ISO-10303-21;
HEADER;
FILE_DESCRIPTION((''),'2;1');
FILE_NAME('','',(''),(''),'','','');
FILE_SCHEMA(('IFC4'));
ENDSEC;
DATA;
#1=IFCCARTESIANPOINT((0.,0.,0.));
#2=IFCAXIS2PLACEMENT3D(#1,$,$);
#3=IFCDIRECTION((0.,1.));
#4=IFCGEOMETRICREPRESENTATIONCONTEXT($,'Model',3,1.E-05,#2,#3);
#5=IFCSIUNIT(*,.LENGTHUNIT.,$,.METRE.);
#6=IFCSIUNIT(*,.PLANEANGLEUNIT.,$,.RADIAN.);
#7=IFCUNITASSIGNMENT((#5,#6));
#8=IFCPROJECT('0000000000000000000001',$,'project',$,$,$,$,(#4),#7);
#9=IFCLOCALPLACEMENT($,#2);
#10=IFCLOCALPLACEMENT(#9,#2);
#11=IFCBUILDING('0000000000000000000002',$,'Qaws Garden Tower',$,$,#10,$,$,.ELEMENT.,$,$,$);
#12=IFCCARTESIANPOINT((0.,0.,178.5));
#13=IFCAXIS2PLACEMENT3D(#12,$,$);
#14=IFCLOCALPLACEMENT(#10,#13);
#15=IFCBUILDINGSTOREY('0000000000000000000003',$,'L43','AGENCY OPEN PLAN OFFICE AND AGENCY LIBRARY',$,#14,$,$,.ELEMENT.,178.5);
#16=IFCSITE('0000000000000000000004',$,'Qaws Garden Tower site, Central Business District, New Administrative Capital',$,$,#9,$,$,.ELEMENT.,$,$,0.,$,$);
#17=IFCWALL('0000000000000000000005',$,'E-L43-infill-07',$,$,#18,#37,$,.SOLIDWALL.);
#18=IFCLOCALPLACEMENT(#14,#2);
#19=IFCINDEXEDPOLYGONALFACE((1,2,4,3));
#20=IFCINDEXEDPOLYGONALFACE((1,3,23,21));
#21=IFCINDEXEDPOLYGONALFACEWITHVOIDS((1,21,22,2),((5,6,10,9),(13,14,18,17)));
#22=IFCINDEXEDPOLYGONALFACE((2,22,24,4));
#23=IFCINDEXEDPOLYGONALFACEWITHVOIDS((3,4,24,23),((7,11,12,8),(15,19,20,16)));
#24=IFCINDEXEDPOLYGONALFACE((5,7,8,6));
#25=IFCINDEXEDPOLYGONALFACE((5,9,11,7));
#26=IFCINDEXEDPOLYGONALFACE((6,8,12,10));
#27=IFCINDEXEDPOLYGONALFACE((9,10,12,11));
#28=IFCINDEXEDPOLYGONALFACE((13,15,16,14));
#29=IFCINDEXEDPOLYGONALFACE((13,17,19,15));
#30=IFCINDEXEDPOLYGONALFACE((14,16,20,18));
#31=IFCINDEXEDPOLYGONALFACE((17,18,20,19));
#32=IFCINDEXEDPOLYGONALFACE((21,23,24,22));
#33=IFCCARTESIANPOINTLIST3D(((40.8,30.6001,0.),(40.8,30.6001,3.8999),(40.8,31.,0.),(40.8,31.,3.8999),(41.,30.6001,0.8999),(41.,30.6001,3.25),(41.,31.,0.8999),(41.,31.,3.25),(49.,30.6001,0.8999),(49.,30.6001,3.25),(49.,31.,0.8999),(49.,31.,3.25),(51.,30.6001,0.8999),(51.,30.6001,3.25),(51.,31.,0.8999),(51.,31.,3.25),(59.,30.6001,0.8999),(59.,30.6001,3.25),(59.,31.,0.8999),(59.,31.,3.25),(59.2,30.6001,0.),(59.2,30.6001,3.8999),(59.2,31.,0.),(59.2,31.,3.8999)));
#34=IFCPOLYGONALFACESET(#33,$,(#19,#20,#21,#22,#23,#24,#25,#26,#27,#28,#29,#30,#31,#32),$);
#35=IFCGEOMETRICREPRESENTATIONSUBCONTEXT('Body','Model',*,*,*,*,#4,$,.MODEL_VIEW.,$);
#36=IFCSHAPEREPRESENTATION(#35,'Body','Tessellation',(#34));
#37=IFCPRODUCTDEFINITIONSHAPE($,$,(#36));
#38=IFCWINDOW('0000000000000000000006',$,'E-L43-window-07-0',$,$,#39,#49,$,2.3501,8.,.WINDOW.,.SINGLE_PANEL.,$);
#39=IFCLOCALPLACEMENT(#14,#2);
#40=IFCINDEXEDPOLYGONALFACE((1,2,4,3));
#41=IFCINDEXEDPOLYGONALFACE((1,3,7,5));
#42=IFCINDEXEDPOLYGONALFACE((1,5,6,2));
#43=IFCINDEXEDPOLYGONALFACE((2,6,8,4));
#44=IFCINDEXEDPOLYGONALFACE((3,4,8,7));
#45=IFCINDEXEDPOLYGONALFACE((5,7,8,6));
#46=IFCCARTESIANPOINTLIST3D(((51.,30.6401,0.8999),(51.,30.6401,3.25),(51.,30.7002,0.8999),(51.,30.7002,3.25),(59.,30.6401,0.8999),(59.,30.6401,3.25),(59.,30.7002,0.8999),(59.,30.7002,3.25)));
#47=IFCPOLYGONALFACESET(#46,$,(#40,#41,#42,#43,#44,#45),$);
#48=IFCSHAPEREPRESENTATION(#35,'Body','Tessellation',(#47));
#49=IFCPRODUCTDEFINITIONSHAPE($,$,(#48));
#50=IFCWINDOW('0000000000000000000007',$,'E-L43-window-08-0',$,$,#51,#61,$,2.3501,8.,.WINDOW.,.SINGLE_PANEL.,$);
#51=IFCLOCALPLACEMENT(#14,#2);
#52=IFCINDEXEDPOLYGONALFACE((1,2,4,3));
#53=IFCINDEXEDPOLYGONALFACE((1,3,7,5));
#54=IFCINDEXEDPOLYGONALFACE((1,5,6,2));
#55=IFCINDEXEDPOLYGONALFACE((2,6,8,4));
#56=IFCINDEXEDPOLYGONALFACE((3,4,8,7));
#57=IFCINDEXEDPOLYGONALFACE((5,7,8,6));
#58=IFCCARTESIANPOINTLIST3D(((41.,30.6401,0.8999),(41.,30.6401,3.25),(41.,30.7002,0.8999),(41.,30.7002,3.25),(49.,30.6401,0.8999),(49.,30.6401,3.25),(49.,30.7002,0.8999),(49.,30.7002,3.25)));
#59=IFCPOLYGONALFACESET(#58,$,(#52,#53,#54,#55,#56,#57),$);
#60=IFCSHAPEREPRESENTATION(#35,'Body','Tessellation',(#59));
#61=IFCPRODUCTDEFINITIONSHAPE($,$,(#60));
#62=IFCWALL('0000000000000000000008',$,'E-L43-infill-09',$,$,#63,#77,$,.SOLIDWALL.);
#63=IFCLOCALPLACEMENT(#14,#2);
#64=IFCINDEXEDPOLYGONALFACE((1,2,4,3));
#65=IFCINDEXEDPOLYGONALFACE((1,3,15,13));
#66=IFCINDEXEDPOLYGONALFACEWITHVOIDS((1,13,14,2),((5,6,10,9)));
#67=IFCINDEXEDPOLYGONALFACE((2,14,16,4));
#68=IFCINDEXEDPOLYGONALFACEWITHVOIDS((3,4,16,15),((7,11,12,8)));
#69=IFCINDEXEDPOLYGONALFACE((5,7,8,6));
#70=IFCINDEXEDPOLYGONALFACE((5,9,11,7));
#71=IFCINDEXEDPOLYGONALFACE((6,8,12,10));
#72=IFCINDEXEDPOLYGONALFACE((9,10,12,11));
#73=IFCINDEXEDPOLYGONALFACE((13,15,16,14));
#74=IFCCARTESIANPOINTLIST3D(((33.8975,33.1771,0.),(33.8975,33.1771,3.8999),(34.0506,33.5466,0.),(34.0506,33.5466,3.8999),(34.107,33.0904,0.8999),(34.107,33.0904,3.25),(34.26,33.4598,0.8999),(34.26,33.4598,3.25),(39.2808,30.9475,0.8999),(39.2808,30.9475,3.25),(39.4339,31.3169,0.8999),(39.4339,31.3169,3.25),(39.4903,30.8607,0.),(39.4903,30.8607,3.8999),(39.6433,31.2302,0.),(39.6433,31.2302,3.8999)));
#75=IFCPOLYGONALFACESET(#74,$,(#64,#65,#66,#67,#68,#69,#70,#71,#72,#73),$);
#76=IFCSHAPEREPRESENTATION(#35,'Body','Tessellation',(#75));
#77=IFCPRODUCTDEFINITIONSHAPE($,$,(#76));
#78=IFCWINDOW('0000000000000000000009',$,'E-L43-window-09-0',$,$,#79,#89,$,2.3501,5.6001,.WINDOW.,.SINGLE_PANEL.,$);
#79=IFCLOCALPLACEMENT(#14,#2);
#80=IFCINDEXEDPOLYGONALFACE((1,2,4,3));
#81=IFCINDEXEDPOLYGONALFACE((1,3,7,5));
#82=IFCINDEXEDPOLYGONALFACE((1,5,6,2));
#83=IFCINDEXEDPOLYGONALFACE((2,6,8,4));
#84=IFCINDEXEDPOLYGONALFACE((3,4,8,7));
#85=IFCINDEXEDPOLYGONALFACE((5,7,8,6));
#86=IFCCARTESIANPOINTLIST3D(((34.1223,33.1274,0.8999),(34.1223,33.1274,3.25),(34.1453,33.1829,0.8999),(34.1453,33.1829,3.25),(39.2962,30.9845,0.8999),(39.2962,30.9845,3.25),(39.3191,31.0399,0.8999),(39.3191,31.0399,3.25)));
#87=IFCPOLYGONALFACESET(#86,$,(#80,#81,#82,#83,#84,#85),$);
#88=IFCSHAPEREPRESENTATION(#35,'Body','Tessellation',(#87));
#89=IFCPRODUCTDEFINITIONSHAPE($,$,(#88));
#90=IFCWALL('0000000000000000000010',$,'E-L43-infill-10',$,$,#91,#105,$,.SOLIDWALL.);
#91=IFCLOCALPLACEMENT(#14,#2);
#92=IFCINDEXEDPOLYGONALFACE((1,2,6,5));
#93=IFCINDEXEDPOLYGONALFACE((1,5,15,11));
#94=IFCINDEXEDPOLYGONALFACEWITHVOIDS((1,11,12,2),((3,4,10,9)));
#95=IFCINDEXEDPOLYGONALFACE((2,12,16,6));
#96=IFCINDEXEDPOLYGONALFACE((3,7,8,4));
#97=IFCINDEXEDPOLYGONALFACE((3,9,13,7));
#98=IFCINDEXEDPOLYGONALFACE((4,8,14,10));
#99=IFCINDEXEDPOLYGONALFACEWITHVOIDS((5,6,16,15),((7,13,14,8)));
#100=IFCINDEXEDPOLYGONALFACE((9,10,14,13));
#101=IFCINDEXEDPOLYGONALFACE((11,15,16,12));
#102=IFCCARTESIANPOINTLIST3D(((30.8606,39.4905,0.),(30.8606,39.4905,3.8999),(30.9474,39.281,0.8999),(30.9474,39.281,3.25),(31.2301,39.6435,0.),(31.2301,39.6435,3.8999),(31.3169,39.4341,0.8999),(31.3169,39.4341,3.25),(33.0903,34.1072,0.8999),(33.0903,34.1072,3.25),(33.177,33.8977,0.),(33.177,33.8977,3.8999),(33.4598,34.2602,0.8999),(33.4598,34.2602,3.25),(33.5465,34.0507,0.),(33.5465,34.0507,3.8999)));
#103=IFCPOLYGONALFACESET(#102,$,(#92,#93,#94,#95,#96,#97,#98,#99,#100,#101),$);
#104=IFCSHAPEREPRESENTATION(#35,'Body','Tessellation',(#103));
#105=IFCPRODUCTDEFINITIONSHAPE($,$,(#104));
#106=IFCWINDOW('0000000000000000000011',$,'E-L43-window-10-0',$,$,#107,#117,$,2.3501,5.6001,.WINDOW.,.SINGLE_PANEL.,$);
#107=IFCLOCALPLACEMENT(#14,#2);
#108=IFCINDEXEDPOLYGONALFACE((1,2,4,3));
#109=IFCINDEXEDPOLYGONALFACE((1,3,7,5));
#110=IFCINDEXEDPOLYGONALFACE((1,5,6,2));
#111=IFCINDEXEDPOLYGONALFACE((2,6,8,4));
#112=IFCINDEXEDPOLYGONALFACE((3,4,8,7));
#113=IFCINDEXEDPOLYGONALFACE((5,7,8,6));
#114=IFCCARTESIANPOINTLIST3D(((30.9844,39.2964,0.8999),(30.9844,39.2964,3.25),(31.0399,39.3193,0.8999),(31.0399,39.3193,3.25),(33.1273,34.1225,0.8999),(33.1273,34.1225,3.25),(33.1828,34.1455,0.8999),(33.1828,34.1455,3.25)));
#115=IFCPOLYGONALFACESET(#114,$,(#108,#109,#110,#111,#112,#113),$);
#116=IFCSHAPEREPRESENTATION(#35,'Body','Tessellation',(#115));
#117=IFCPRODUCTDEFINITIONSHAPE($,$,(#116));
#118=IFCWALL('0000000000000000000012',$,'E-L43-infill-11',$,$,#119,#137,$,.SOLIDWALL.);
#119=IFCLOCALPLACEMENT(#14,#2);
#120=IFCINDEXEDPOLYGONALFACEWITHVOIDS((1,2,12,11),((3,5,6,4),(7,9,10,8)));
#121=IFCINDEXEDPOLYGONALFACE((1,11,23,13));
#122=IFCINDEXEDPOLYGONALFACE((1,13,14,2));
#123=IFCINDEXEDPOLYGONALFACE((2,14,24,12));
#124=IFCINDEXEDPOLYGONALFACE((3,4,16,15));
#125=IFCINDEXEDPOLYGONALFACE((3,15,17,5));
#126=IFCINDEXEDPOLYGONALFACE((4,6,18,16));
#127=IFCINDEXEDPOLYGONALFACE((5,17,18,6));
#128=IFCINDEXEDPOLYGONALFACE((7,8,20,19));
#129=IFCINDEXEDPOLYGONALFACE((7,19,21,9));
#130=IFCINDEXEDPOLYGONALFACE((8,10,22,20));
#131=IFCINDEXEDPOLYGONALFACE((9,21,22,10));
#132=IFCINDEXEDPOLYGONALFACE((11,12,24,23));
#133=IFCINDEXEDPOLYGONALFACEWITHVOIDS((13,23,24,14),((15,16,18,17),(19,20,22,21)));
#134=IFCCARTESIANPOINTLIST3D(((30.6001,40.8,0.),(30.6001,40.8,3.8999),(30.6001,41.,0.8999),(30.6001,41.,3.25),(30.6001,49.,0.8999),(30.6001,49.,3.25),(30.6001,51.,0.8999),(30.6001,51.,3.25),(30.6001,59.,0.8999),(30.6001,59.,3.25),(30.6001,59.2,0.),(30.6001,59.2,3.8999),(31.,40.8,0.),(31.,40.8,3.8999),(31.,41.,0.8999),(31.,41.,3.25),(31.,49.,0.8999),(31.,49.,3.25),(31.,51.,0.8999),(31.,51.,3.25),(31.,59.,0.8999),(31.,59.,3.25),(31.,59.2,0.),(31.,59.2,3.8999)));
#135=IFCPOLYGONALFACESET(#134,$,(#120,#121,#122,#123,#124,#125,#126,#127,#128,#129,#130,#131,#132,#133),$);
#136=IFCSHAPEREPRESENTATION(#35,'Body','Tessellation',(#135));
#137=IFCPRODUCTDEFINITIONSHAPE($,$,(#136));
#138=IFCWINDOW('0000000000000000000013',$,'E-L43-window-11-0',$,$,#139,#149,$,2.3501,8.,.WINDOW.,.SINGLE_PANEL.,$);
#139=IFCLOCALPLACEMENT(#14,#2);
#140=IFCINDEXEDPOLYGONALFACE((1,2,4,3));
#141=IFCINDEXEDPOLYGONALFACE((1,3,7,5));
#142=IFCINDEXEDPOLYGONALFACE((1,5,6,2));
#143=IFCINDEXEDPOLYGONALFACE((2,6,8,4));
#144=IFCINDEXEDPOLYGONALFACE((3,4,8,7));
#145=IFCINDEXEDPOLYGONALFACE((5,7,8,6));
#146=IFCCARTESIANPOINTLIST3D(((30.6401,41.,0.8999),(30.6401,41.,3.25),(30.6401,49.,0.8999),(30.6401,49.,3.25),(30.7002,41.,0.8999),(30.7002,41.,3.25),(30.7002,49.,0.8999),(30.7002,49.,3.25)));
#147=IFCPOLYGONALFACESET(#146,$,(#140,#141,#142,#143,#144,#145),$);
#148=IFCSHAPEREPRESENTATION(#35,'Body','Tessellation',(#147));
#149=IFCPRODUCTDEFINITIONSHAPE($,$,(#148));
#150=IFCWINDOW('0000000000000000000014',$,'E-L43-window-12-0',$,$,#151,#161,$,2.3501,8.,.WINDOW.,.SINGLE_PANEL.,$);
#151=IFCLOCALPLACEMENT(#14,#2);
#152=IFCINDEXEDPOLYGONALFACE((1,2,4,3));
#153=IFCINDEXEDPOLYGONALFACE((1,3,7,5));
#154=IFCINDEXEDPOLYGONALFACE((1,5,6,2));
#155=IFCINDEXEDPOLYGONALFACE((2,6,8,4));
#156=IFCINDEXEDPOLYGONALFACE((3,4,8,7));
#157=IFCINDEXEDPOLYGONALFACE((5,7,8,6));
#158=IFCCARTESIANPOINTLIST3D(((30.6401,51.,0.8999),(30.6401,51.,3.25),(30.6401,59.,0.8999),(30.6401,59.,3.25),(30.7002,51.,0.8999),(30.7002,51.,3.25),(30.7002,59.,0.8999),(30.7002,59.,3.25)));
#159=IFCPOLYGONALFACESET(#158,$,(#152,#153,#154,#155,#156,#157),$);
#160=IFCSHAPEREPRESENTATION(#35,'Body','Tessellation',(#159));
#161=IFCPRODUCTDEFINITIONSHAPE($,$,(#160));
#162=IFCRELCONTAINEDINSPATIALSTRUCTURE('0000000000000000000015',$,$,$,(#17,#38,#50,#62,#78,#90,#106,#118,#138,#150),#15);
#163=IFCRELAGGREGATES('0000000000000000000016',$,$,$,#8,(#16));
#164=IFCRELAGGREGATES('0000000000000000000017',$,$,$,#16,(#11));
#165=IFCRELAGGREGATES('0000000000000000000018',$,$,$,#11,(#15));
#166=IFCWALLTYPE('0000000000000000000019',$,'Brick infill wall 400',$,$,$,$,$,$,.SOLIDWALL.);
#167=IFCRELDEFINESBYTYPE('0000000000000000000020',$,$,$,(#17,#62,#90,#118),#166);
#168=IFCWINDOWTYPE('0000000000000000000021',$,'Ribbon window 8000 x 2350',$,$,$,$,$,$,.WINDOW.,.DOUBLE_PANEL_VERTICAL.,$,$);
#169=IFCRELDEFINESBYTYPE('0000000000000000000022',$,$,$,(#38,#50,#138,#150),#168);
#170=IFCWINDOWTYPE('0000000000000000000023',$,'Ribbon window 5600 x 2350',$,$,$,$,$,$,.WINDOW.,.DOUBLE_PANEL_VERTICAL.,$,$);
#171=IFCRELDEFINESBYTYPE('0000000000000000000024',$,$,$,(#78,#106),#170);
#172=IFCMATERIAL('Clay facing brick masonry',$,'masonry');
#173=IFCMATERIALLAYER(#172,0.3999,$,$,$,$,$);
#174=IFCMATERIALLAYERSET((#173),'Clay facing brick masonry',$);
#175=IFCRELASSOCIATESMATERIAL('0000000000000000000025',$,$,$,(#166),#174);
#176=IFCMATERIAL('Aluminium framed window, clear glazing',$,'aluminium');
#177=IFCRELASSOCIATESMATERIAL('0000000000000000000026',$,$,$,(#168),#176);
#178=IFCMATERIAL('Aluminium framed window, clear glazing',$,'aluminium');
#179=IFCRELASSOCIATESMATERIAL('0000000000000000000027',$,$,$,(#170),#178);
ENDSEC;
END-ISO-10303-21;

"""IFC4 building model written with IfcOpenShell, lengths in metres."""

from ifc_helpers import new_model, si_unit, direction, frame, frame_2d, origin, place, context, subcontext, project, spatial, rectangle, extrude, material, layer, layer_set, type_object, element, fill, save


model = new_model("IFC4")

# Units and contexts
model_context = context("Model", 3, precision=1e-05, world=origin(), true_north=direction((0.0, 1.0)))
body_context = subcontext(model_context, "Body", "Model", "MODEL_VIEW")
ifc_project = project(units=[si_unit("LENGTHUNIT", "METRE"), si_unit("PLANEANGLEUNIT", "RADIAN")], contexts=[model_context])

# Site, building, storey
site_placement = place(None, origin())
site = spatial("IfcSite", under=ifc_project, at=site_placement, Name="Qaws Garden Tower site, Central Business District, New Administrative Capital", CompositionType="ELEMENT", RefElevation=0.0)
building_placement = place(site_placement, origin())
building = spatial("IfcBuilding", under=site, at=building_placement, Name="Qaws Garden Tower", CompositionType="ELEMENT")
storey_placement = place(building_placement, frame((0.0, 0.0, 178.5)))
storey = spatial("IfcBuildingStorey", under=building, at=storey_placement, Name="L43", Description="AGENCY OPEN PLAN OFFICE AND AGENCY LIBRARY", CompositionType="ELEMENT", Elevation=178.5)

# Wall, openings, windows
ifc_material_1 = material(Name="Clay facing brick masonry", Category="masonry")
ifc_layer_1 = layer(ifc_material_1, 0.3999)
ifc_layer_set_1 = layer_set([ifc_layer_1], Name="Clay facing brick masonry")
wall_type_1 = type_object("IfcWallType", Name="Brick infill wall 400", PredefinedType="SOLIDWALL", material=ifc_layer_set_1)
wall_1_placement = place(storey_placement, frame((59.2, 30.8, 0.0), z_axis=(0.0, 0.0, 1.0), x_axis=(-1.0, 0.0, 0.0)))
wall_1 = element("IfcWall", 1, at=wall_1_placement, inside=storey, type_object=wall_type_1, Name="E-L43-infill-07", PredefinedType="SOLIDWALL", context=body_context, shape_type="SweptSolid", body=[
    extrude(rectangle(XDim=18.3999, YDim=0.3999, at=frame_2d((9.2, 0.0))), origin(), (0.0, 0.0, 1.0), 3.8999),
])
opening_1_placement = place(wall_1_placement, frame((0.2, 0.0, 0.8999)))
opening_1 = element("IfcOpeningElement", 2, at=opening_1_placement, cuts=wall_1, PredefinedType="OPENING", context=body_context, shape_type="SweptSolid", body=[
    extrude(rectangle(XDim=8.0, YDim=2.3501, at=frame_2d((4.0, 1.175))), frame((0.0, 0.21, 0.0), z_axis=(0.0, -1.0, 0.0), x_axis=(1.0, 0.0, 0.0)), (0.0, 0.0, 1.0), 0.4199),
])
opening_2_placement = place(wall_1_placement, frame((10.2, 0.0, 0.8999)))
opening_2 = element("IfcOpeningElement", 3, at=opening_2_placement, cuts=wall_1, PredefinedType="OPENING", context=body_context, shape_type="SweptSolid", body=[
    extrude(rectangle(XDim=8.0, YDim=2.3501, at=frame_2d((4.0, 1.175))), frame((0.0, 0.21, 0.0), z_axis=(0.0, -1.0, 0.0), x_axis=(1.0, 0.0, 0.0)), (0.0, 0.0, 1.0), 0.4199),
])
ifc_material_2 = material(Name="Aluminium framed window, clear glazing", Category="aluminium")
window_type_1 = type_object("IfcWindowType", Name="Ribbon window 8000 x 2350", PartitioningType="DOUBLE_PANEL_VERTICAL", PredefinedType="WINDOW", material=ifc_material_2)
window_1_placement = place(opening_1_placement, origin())
window_1 = element("IfcWindow", 4, at=window_1_placement, inside=storey, type_object=window_type_1, Name="E-L43-window-07-0", OverallHeight=2.3501, OverallWidth=8.0, PartitioningType="SINGLE_PANEL", PredefinedType="WINDOW", context=body_context, shape_type="SweptSolid", body=[
    extrude(rectangle(XDim=8.0, YDim=2.3501, at=frame_2d((4.0, 1.175))), frame((0.0, 0.1599, 0.0), z_axis=(0.0, -1.0, 0.0), x_axis=(1.0, 0.0, 0.0)), (0.0, 0.0, 1.0), 0.0601),
])
fill(opening_1, window_1)
window_2_placement = place(opening_2_placement, origin())
window_2 = element("IfcWindow", 5, at=window_2_placement, inside=storey, type_object=window_type_1, Name="E-L43-window-08-0", OverallHeight=2.3501, OverallWidth=8.0, PartitioningType="SINGLE_PANEL", PredefinedType="WINDOW", context=body_context, shape_type="SweptSolid", body=[
    extrude(rectangle(XDim=8.0, YDim=2.3501, at=frame_2d((4.0, 1.175))), frame((0.0, 0.1599, 0.0), z_axis=(0.0, -1.0, 0.0), x_axis=(1.0, 0.0, 0.0)), (0.0, 0.0, 1.0), 0.0601),
])
fill(opening_2, window_2)

# Walls, openings, windows
wall_2_placement = place(storey_placement, frame((39.5669, 31.0454, 0.0), z_axis=(0.0, 0.0, 1.0), x_axis=(-0.923891, 0.382656, 0.0)))
wall_2 = element("IfcWall", 6, at=wall_2_placement, inside=storey, type_object=wall_type_1, Name="E-L43-infill-09", PredefinedType="SOLIDWALL", context=body_context, shape_type="SweptSolid", body=[
    extrude(rectangle(XDim=6.0535, YDim=0.3999, at=frame_2d((3.0269, 0.0))), origin(), (0.0, 0.0, 1.0), 3.8999),
])
opening_3_placement = place(wall_2_placement, frame((0.2268, 0.0, 0.8999)))
opening_3 = element("IfcOpeningElement", 7, at=opening_3_placement, cuts=wall_2, PredefinedType="OPENING", context=body_context, shape_type="SweptSolid", body=[
    extrude(rectangle(XDim=5.6001, YDim=2.3501, at=frame_2d((2.8, 1.175))), frame((0.0, 0.21, 0.0), z_axis=(0.0, -1.0, 0.0), x_axis=(1.0, 0.0, 0.0)), (0.0, 0.0, 1.0), 0.4199),
])
ifc_material_3 = material(Name="Aluminium framed window, clear glazing", Category="aluminium")
window_type_2 = type_object("IfcWindowType", Name="Ribbon window 5600 x 2350", PartitioningType="DOUBLE_PANEL_VERTICAL", PredefinedType="WINDOW", material=ifc_material_3)
window_3_placement = place(opening_3_placement, origin())
window_3 = element("IfcWindow", 8, at=window_3_placement, inside=storey, type_object=window_type_2, Name="E-L43-window-09-0", OverallHeight=2.3501, OverallWidth=5.6001, PartitioningType="SINGLE_PANEL", PredefinedType="WINDOW", context=body_context, shape_type="SweptSolid", body=[
    extrude(rectangle(XDim=5.6001, YDim=2.3501, at=frame_2d((2.8, 1.175))), frame((0.0, 0.1599, 0.0), z_axis=(0.0, -1.0, 0.0), x_axis=(1.0, 0.0, 0.0)), (0.0, 0.0, 1.0), 0.0601),
])
fill(opening_3, window_3)
wall_3_placement = place(storey_placement, frame((33.3618, 33.9741, 0.0), z_axis=(0.0, 0.0, 1.0), x_axis=(-0.382656, 0.923891, 0.0)))
wall_3 = element("IfcWall", 9, at=wall_3_placement, inside=storey, type_object=wall_type_1, Name="E-L43-infill-10", PredefinedType="SOLIDWALL", context=body_context, shape_type="SweptSolid", body=[
    extrude(rectangle(XDim=6.0535, YDim=0.3999, at=frame_2d((3.0269, 0.0))), origin(), (0.0, 0.0, 1.0), 3.8999),
])
opening_4_placement = place(wall_3_placement, frame((0.2268, 0.0, 0.8999)))
opening_4 = element("IfcOpeningElement", 10, at=opening_4_placement, cuts=wall_3, PredefinedType="OPENING", context=body_context, shape_type="SweptSolid", body=[
    extrude(rectangle(XDim=5.6001, YDim=2.3501, at=frame_2d((2.8, 1.175))), frame((0.0, 0.21, 0.0), z_axis=(0.0, -1.0, 0.0), x_axis=(1.0, 0.0, 0.0)), (0.0, 0.0, 1.0), 0.4199),
])
window_4_placement = place(opening_4_placement, origin())
window_4 = element("IfcWindow", 11, at=window_4_placement, inside=storey, type_object=window_type_2, Name="E-L43-window-10-0", OverallHeight=2.3501, OverallWidth=5.6001, PartitioningType="SINGLE_PANEL", PredefinedType="WINDOW", context=body_context, shape_type="SweptSolid", body=[
    extrude(rectangle(XDim=5.6001, YDim=2.3501, at=frame_2d((2.8, 1.175))), frame((0.0, 0.1599, 0.0), z_axis=(0.0, -1.0, 0.0), x_axis=(1.0, 0.0, 0.0)), (0.0, 0.0, 1.0), 0.0601),
])
fill(opening_4, window_4)

# Wall, openings, windows
wall_4_placement = place(storey_placement, frame((30.8, 40.8, 0.0), z_axis=(0.0, 0.0, 1.0), x_axis=(0.0, 1.0, 0.0)))
wall_4 = element("IfcWall", 12, at=wall_4_placement, inside=storey, type_object=wall_type_1, Name="E-L43-infill-11", PredefinedType="SOLIDWALL", context=body_context, shape_type="SweptSolid", body=[
    extrude(rectangle(XDim=18.3999, YDim=0.3999, at=frame_2d((9.2, 0.0))), origin(), (0.0, 0.0, 1.0), 3.8999),
])
opening_5_placement = place(wall_4_placement, frame((0.2, 0.0, 0.8999)))
opening_5 = element("IfcOpeningElement", 13, at=opening_5_placement, cuts=wall_4, PredefinedType="OPENING", context=body_context, shape_type="SweptSolid", body=[
    extrude(rectangle(XDim=8.0, YDim=2.3501, at=frame_2d((4.0, 1.175))), frame((0.0, 0.21, 0.0), z_axis=(0.0, -1.0, 0.0), x_axis=(1.0, 0.0, 0.0)), (0.0, 0.0, 1.0), 0.4199),
])
opening_6_placement = place(wall_4_placement, frame((10.2, 0.0, 0.8999)))
opening_6 = element("IfcOpeningElement", 14, at=opening_6_placement, cuts=wall_4, PredefinedType="OPENING", context=body_context, shape_type="SweptSolid", body=[
    extrude(rectangle(XDim=8.0, YDim=2.3501, at=frame_2d((4.0, 1.175))), frame((0.0, 0.21, 0.0), z_axis=(0.0, -1.0, 0.0), x_axis=(1.0, 0.0, 0.0)), (0.0, 0.0, 1.0), 0.4199),
])
window_5_placement = place(opening_5_placement, origin())
window_5 = element("IfcWindow", 15, at=window_5_placement, inside=storey, type_object=window_type_1, Name="E-L43-window-11-0", OverallHeight=2.3501, OverallWidth=8.0, PartitioningType="SINGLE_PANEL", PredefinedType="WINDOW", context=body_context, shape_type="SweptSolid", body=[
    extrude(rectangle(XDim=8.0, YDim=2.3501, at=frame_2d((4.0, 1.175))), frame((0.0, 0.1599, 0.0), z_axis=(0.0, -1.0, 0.0), x_axis=(1.0, 0.0, 0.0)), (0.0, 0.0, 1.0), 0.0601),
])
fill(opening_5, window_5)
window_6_placement = place(opening_6_placement, origin())
window_6 = element("IfcWindow", 16, at=window_6_placement, inside=storey, type_object=window_type_1, Name="E-L43-window-12-0", OverallHeight=2.3501, OverallWidth=8.0, PartitioningType="SINGLE_PANEL", PredefinedType="WINDOW", context=body_context, shape_type="SweptSolid", body=[
    extrude(rectangle(XDim=8.0, YDim=2.3501, at=frame_2d((4.0, 1.175))), frame((0.0, 0.1599, 0.0), z_axis=(0.0, -1.0, 0.0), x_axis=(1.0, 0.0, 0.0)), (0.0, 0.0, 1.0), 0.0601),
])
fill(opening_6, window_6)

save(model, "model.ifc")
